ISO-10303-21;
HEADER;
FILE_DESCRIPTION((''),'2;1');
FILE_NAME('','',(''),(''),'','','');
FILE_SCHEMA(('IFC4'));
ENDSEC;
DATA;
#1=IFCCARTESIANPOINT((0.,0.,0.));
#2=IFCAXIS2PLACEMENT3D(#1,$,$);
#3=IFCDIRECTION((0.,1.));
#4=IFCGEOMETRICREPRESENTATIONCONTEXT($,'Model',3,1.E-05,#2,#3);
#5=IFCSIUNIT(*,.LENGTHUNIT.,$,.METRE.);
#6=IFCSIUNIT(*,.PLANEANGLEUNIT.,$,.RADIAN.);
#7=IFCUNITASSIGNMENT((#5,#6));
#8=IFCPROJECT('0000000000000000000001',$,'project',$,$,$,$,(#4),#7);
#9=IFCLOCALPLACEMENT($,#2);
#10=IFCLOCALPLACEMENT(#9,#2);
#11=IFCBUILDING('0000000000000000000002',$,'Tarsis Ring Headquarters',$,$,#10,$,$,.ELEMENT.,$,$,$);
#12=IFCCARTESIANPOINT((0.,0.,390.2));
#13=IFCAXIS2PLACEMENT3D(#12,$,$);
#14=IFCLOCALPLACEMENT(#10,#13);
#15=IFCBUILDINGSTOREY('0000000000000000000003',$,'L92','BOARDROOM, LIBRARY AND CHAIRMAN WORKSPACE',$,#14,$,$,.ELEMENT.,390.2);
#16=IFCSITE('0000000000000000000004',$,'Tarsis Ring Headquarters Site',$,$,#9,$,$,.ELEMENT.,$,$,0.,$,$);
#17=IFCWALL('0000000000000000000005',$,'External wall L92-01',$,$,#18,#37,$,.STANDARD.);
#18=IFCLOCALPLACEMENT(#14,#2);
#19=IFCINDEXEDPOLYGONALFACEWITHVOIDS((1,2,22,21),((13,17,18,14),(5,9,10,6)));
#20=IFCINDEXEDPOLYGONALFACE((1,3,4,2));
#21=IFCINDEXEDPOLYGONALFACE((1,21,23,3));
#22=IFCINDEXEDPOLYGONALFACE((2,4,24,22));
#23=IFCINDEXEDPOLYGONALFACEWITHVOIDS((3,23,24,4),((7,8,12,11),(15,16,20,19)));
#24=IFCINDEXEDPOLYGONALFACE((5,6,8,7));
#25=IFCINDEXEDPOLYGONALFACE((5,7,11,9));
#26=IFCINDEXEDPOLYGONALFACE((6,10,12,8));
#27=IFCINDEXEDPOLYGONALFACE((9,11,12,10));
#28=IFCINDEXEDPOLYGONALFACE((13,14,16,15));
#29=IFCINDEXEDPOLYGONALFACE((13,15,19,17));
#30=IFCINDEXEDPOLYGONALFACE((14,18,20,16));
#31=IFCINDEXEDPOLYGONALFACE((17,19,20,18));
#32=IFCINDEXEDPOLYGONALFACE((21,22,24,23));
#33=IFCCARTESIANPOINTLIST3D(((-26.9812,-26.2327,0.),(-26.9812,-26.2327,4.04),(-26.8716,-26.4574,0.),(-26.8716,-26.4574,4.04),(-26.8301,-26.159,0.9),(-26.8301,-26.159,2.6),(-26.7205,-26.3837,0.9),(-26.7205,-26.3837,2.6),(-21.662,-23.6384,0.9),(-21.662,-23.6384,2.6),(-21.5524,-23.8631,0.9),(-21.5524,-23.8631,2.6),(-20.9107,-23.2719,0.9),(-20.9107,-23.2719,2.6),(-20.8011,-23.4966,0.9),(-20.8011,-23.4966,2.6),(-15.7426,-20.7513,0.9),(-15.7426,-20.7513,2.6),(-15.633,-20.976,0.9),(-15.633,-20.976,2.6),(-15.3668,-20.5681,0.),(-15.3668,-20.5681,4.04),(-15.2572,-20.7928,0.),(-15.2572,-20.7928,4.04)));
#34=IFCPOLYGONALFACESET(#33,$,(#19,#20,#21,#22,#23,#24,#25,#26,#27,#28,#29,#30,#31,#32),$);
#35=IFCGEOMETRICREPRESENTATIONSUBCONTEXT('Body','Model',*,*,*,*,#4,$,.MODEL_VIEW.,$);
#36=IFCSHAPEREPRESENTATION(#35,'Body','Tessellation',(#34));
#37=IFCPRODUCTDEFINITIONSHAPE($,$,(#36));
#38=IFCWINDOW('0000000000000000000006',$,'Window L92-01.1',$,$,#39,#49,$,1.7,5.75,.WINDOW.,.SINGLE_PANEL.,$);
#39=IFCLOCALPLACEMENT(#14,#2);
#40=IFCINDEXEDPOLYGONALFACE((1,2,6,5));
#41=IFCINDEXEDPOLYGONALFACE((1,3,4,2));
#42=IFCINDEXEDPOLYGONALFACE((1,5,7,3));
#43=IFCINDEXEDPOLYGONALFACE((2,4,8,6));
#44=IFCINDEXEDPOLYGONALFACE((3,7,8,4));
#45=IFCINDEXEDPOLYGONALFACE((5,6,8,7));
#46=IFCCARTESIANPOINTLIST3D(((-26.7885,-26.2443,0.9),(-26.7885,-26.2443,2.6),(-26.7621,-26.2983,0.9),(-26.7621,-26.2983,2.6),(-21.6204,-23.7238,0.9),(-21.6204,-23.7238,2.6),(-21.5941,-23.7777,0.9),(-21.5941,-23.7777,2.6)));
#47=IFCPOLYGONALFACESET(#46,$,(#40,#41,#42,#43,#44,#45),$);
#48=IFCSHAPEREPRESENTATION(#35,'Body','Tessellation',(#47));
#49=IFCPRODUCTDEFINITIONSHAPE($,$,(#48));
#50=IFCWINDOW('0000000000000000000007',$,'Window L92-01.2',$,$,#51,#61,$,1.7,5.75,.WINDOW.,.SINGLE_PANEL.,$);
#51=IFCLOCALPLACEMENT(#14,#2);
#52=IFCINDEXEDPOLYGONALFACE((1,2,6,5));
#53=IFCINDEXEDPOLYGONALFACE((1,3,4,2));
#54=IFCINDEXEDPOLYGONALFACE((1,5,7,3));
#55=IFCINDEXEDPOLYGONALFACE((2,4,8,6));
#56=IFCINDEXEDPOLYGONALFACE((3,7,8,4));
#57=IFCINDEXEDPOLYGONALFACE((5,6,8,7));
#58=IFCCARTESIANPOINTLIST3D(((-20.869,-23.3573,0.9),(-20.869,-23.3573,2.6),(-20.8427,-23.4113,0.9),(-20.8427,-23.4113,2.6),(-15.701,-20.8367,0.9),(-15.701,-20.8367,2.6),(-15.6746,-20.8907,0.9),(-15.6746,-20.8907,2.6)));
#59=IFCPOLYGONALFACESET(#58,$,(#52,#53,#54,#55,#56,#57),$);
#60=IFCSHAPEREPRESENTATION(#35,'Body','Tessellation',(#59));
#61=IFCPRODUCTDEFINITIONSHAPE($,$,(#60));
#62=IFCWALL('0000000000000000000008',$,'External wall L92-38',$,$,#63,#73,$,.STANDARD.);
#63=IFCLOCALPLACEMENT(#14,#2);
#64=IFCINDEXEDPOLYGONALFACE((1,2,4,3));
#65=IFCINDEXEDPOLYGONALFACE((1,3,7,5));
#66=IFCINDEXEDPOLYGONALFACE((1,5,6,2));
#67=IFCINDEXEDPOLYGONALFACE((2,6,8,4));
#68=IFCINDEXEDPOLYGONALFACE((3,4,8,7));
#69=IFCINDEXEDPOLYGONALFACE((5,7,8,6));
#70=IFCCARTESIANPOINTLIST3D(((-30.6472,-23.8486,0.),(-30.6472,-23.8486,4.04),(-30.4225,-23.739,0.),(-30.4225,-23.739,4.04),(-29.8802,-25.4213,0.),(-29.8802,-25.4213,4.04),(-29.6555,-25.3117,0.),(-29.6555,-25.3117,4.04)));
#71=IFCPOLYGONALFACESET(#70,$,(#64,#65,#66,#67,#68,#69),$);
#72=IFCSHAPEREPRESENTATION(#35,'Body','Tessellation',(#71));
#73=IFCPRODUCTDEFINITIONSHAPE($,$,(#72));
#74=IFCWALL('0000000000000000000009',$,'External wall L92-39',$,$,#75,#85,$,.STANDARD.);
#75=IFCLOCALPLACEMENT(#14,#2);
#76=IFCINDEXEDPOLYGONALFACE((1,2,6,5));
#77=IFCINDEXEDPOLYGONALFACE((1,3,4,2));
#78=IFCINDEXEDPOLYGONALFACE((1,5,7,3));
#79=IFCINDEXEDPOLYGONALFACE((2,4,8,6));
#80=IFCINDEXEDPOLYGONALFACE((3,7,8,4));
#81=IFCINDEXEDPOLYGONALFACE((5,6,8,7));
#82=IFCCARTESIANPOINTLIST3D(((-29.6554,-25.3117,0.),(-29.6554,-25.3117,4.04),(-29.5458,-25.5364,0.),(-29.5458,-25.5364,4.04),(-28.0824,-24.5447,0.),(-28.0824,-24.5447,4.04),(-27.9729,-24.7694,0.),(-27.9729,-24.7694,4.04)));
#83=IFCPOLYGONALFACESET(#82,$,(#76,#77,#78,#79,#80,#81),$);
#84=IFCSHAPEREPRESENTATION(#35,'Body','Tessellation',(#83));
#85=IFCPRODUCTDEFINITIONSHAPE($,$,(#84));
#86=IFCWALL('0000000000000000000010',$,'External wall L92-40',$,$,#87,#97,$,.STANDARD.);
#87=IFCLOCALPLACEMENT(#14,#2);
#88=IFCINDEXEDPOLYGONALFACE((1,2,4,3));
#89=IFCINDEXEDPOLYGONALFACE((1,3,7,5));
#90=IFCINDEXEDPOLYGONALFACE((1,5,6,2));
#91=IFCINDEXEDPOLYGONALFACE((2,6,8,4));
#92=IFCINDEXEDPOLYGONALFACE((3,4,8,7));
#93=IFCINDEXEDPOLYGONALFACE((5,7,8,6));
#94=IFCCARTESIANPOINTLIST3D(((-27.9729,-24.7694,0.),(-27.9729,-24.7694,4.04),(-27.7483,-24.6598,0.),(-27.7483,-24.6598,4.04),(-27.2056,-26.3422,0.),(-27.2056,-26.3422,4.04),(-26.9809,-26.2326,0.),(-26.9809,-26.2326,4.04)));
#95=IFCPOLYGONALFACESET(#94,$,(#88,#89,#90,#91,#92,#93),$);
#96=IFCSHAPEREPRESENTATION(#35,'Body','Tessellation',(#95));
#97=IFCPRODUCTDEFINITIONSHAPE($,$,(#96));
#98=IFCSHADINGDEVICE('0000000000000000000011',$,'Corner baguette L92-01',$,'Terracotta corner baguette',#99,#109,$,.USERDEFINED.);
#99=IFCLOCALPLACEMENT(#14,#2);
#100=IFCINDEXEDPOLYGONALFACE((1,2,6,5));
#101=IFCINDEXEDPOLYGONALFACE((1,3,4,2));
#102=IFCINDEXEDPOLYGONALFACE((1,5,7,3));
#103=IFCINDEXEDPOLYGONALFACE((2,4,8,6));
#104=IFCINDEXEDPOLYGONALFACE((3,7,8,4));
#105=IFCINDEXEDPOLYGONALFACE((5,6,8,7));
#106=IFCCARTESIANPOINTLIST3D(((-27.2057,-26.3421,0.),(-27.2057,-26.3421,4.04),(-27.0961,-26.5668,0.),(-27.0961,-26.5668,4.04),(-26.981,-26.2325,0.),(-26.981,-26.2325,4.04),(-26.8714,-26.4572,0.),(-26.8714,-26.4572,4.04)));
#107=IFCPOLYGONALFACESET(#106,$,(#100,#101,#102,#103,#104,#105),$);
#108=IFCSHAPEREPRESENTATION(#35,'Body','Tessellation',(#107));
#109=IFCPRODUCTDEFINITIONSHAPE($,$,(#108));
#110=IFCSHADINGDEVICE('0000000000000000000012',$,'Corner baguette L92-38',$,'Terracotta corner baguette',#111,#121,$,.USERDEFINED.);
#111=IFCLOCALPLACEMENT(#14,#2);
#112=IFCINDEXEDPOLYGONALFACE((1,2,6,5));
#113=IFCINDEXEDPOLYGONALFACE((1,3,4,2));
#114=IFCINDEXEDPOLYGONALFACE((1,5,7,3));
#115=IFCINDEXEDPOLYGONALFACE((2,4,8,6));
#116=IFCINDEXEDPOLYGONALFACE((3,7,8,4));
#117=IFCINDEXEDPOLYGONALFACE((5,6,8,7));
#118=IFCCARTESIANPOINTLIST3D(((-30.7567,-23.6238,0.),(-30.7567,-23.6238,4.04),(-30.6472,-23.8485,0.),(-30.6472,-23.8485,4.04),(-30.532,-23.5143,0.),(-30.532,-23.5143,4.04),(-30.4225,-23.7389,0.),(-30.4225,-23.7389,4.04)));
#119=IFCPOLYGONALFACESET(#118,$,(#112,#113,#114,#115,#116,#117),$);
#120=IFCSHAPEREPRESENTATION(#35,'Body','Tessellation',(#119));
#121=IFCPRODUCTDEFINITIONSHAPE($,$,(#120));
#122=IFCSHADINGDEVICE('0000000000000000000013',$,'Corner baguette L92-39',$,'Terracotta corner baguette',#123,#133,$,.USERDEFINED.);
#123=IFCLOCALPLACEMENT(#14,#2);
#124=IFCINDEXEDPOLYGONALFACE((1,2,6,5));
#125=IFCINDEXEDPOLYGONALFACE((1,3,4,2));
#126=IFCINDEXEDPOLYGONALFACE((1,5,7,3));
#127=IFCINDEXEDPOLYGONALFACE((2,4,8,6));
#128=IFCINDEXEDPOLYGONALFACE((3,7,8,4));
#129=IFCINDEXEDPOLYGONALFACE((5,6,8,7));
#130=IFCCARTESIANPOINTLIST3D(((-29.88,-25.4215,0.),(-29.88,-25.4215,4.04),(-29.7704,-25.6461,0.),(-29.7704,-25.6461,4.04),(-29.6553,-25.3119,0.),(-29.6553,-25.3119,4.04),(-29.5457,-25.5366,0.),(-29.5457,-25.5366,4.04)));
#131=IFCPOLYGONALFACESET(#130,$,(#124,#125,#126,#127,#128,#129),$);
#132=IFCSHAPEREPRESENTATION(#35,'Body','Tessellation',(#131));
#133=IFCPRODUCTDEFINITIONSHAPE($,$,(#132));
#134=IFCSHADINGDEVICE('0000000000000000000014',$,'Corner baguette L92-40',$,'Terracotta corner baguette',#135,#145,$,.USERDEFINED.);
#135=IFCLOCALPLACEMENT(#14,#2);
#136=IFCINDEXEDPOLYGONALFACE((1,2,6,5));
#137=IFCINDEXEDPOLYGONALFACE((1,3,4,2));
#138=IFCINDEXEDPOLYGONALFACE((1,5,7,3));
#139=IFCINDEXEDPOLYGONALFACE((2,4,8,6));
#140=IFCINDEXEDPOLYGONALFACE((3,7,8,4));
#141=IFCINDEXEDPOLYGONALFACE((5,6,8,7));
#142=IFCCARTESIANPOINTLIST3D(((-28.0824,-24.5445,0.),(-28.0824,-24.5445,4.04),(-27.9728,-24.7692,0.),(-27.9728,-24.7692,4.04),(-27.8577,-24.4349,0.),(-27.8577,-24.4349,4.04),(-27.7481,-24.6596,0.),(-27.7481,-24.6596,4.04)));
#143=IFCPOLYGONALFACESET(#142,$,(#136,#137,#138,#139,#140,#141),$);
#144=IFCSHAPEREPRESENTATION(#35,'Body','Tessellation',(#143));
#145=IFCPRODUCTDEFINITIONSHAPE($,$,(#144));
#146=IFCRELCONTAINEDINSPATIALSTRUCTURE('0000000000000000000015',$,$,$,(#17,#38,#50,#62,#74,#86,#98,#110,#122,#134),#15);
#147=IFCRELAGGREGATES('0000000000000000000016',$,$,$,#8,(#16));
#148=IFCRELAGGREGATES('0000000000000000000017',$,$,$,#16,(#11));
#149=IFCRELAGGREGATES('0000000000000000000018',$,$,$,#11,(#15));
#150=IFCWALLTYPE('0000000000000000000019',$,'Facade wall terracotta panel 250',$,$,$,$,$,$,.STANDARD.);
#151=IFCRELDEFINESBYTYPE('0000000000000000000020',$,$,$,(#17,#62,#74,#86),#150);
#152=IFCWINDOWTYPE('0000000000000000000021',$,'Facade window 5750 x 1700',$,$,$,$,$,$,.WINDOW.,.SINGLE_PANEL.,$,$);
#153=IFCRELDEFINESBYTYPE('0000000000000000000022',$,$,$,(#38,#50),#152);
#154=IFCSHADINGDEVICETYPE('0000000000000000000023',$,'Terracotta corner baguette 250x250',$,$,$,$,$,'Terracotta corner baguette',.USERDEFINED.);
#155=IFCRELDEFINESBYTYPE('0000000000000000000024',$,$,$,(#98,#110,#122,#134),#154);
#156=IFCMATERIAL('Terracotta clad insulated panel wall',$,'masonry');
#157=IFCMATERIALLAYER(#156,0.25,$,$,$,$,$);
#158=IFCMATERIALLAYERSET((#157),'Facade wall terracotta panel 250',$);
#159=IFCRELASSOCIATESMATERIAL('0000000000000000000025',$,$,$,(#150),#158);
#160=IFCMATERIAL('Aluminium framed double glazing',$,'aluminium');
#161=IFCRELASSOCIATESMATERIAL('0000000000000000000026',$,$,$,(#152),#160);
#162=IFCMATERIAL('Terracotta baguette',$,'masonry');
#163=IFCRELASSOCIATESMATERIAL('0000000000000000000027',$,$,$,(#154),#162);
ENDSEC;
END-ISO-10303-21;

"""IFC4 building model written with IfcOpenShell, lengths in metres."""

from ifc_helpers import new_model, si_unit, direction, frame, frame_2d, origin, origin_2d, place, context, subcontext, project, spatial, rectangle, extrude, material, layer, layer_set, type_object, element, fill, save


model = new_model("IFC4")

# Units and contexts
model_context = context("Model", 3, precision=1e-05, world=origin(), true_north=direction((0.0, 1.0)))
body_context = subcontext(model_context, "Body", "Model", "MODEL_VIEW")
ifc_project = project(units=[si_unit("LENGTHUNIT", "METRE"), si_unit("PLANEANGLEUNIT", "RADIAN")], contexts=[model_context])

# Site, building, storey
site_placement = place(None, origin())
site = spatial("IfcSite", under=ifc_project, at=site_placement, Name="Tarsis Ring Headquarters Site", CompositionType="ELEMENT", RefElevation=0.0)
building_placement = place(site_placement, origin())
building = spatial("IfcBuilding", under=site, at=building_placement, Name="Tarsis Ring Headquarters", CompositionType="ELEMENT")
storey_placement = place(building_placement, frame((0.0, 0.0, 390.2)))
storey = spatial("IfcBuildingStorey", under=building, at=storey_placement, Name="L92", Description="BOARDROOM, LIBRARY AND CHAIRMAN WORKSPACE", CompositionType="ELEMENT", Elevation=390.2)

# Wall, openings, windows
ifc_material_1 = material(Name="Terracotta clad insulated panel wall", Category="masonry")
ifc_layer_1 = layer(ifc_material_1, 0.25)
ifc_layer_set_1 = layer_set([ifc_layer_1], Name="Facade wall terracotta panel 250")
wall_type_1 = type_object("IfcWallType", Name="Facade wall terracotta panel 250", PredefinedType="STANDARD", material=ifc_layer_set_1)
wall_1_placement = place(storey_placement, frame((-26.9263, -26.345, 0.0), z_axis=(0.0, 0.0, 1.0), x_axis=(0.898797, 0.438365, 0.0)))
wall_1 = element("IfcWall", 1, at=wall_1_placement, inside=storey, type_object=wall_type_1, Name="External wall L92-01", PredefinedType="STANDARD", context=body_context, shape_type="SweptSolid", body=[
    extrude(rectangle(XDim=12.9221, YDim=0.25, at=frame_2d((6.4609, 0.0))), origin(), (0.0, 0.0, 1.0), 4.04),
])
opening_1_placement = place(wall_1_placement, frame((0.168, 0.0, 0.8999)))
opening_1 = element("IfcOpeningElement", 2, at=opening_1_placement, cuts=wall_1, PredefinedType="OPENING", context=body_context, shape_type="SweptSolid", body=[
    extrude(rectangle(XDim=5.75, YDim=1.7, at=frame_2d((2.875, 0.8501))), frame((0.0, 0.135, 0.0), z_axis=(0.0, -1.0, 0.0), x_axis=(1.0, 0.0, 0.0)), (0.0, 0.0, 1.0), 0.27),
])
opening_2_placement = place(wall_1_placement, frame((6.7539, 0.0, 0.8999)))
opening_2 = element("IfcOpeningElement", 3, at=opening_2_placement, cuts=wall_1, PredefinedType="OPENING", context=body_context, shape_type="SweptSolid", body=[
    extrude(rectangle(XDim=5.75, YDim=1.7, at=frame_2d((2.875, 0.8501))), frame((0.0, 0.135, 0.0), z_axis=(0.0, -1.0, 0.0), x_axis=(1.0, 0.0, 0.0)), (0.0, 0.0, 1.0), 0.27),
])
ifc_material_2 = material(Name="Aluminium framed double glazing", Category="aluminium")
window_type = type_object("IfcWindowType", Name="Facade window 5750 x 1700", PartitioningType="SINGLE_PANEL", PredefinedType="WINDOW", material=ifc_material_2)
window_1_placement = place(opening_1_placement, origin())
window_1 = element("IfcWindow", 4, at=window_1_placement, inside=storey, type_object=window_type, Name="Window L92-01.1", OverallHeight=1.7, OverallWidth=5.75, PartitioningType="SINGLE_PANEL", PredefinedType="WINDOW", context=body_context, shape_type="SweptSolid", body=[
    extrude(rectangle(XDim=5.75, YDim=1.7, at=frame_2d((2.875, 0.8501))), frame((0.0, 0.03, 0.0), z_axis=(0.0, -1.0, 0.0), x_axis=(1.0, 0.0, 0.0)), (0.0, 0.0, 1.0), 0.0601),
])
fill(opening_1, window_1)
window_2_placement = place(opening_2_placement, origin())
window_2 = element("IfcWindow", 5, at=window_2_placement, inside=storey, type_object=window_type, Name="Window L92-01.2", OverallHeight=1.7, OverallWidth=5.75, PartitioningType="SINGLE_PANEL", PredefinedType="WINDOW", context=body_context, shape_type="SweptSolid", body=[
    extrude(rectangle(XDim=5.75, YDim=1.7, at=frame_2d((2.875, 0.8501))), frame((0.0, 0.03, 0.0), z_axis=(0.0, -1.0, 0.0), x_axis=(1.0, 0.0, 0.0)), (0.0, 0.0, 1.0), 0.0601),
])
fill(opening_2, window_2)

# Walls
wall_2_placement = place(storey_placement, frame((-30.5349, -23.7937, 0.0), z_axis=(0.0, 0.0, 1.0), x_axis=(0.438374, -0.898793, 0.0)))
element("IfcWall", 6, at=wall_2_placement, inside=storey, type_object=wall_type_1, Name="External wall L92-38", PredefinedType="STANDARD", context=body_context, shape_type="SweptSolid", body=[
    extrude(rectangle(XDim=1.7498, YDim=0.25, at=frame_2d((0.875, 0.0))), origin(), (0.0, 0.0, 1.0), 4.04),
])
for number, where, z_axis, x_axis, name in (
    (7, (-29.6006, -25.4241, 0.0), (0.0, 0.0, 1.0), (0.898819, 0.438319, 0.0), "External wall L92-39"),
    (8, (-27.8606, -24.7146, 0.0), (0.0, 0.0, 1.0), (0.438487, -0.898738, 0.0), "External wall L92-40"),
):
    element("IfcWall", number, at=place(storey_placement, frame(where, z_axis=z_axis, x_axis=x_axis)), inside=storey, type_object=wall_type_1, Name=name, PredefinedType="STANDARD", context=body_context, shape_type="SweptSolid", body=[
        extrude(rectangle(XDim=1.75, YDim=0.25, at=frame_2d((0.875, 0.0))), origin(), (0.0, 0.0, 1.0), 4.04),
    ])

# Shading devices
ifc_material_3 = material(Name="Terracotta baguette", Category="masonry")
shading_device_type_1 = type_object("IfcShadingDeviceType", Name="Terracotta corner baguette 250x250", ElementType="Terracotta corner baguette", PredefinedType="USERDEFINED", material=ifc_material_3)
for number, where, z_axis, x_axis, name in (
    (9, (-27.0386, -26.3997, 0.0), (0.0, 0.0, 1.0), (0.438371, -0.898794, 0.0), "Corner baguette L92-01"),
    (10, (-30.5896, -23.6814, 0.0), (0.0, 0.0, 1.0), (0.898794, 0.438371, 0.0), "Corner baguette L92-38"),
    (11, (-29.7129, -25.479, 0.0), (0.0, 0.0, 1.0), (0.438371, -0.898794, 0.0), "Corner baguette L92-39"),
    (12, (-27.9153, -24.6021, 0.0), (0.0, 0.0, 1.0), (0.898794, 0.438371, 0.0), "Corner baguette L92-40"),
):
    element("IfcShadingDevice", number, at=place(storey_placement, frame(where, z_axis=z_axis, x_axis=x_axis)), inside=storey, type_object=shading_device_type_1, Name=name, ObjectType="Terracotta corner baguette", PredefinedType="USERDEFINED", context=body_context, shape_type="SweptSolid", body=[
        extrude(rectangle(XDim=0.25, YDim=0.25, at=origin_2d()), origin(), (0.0, 0.0, 1.0), 4.04),
    ])

save(model, "model.ifc")
